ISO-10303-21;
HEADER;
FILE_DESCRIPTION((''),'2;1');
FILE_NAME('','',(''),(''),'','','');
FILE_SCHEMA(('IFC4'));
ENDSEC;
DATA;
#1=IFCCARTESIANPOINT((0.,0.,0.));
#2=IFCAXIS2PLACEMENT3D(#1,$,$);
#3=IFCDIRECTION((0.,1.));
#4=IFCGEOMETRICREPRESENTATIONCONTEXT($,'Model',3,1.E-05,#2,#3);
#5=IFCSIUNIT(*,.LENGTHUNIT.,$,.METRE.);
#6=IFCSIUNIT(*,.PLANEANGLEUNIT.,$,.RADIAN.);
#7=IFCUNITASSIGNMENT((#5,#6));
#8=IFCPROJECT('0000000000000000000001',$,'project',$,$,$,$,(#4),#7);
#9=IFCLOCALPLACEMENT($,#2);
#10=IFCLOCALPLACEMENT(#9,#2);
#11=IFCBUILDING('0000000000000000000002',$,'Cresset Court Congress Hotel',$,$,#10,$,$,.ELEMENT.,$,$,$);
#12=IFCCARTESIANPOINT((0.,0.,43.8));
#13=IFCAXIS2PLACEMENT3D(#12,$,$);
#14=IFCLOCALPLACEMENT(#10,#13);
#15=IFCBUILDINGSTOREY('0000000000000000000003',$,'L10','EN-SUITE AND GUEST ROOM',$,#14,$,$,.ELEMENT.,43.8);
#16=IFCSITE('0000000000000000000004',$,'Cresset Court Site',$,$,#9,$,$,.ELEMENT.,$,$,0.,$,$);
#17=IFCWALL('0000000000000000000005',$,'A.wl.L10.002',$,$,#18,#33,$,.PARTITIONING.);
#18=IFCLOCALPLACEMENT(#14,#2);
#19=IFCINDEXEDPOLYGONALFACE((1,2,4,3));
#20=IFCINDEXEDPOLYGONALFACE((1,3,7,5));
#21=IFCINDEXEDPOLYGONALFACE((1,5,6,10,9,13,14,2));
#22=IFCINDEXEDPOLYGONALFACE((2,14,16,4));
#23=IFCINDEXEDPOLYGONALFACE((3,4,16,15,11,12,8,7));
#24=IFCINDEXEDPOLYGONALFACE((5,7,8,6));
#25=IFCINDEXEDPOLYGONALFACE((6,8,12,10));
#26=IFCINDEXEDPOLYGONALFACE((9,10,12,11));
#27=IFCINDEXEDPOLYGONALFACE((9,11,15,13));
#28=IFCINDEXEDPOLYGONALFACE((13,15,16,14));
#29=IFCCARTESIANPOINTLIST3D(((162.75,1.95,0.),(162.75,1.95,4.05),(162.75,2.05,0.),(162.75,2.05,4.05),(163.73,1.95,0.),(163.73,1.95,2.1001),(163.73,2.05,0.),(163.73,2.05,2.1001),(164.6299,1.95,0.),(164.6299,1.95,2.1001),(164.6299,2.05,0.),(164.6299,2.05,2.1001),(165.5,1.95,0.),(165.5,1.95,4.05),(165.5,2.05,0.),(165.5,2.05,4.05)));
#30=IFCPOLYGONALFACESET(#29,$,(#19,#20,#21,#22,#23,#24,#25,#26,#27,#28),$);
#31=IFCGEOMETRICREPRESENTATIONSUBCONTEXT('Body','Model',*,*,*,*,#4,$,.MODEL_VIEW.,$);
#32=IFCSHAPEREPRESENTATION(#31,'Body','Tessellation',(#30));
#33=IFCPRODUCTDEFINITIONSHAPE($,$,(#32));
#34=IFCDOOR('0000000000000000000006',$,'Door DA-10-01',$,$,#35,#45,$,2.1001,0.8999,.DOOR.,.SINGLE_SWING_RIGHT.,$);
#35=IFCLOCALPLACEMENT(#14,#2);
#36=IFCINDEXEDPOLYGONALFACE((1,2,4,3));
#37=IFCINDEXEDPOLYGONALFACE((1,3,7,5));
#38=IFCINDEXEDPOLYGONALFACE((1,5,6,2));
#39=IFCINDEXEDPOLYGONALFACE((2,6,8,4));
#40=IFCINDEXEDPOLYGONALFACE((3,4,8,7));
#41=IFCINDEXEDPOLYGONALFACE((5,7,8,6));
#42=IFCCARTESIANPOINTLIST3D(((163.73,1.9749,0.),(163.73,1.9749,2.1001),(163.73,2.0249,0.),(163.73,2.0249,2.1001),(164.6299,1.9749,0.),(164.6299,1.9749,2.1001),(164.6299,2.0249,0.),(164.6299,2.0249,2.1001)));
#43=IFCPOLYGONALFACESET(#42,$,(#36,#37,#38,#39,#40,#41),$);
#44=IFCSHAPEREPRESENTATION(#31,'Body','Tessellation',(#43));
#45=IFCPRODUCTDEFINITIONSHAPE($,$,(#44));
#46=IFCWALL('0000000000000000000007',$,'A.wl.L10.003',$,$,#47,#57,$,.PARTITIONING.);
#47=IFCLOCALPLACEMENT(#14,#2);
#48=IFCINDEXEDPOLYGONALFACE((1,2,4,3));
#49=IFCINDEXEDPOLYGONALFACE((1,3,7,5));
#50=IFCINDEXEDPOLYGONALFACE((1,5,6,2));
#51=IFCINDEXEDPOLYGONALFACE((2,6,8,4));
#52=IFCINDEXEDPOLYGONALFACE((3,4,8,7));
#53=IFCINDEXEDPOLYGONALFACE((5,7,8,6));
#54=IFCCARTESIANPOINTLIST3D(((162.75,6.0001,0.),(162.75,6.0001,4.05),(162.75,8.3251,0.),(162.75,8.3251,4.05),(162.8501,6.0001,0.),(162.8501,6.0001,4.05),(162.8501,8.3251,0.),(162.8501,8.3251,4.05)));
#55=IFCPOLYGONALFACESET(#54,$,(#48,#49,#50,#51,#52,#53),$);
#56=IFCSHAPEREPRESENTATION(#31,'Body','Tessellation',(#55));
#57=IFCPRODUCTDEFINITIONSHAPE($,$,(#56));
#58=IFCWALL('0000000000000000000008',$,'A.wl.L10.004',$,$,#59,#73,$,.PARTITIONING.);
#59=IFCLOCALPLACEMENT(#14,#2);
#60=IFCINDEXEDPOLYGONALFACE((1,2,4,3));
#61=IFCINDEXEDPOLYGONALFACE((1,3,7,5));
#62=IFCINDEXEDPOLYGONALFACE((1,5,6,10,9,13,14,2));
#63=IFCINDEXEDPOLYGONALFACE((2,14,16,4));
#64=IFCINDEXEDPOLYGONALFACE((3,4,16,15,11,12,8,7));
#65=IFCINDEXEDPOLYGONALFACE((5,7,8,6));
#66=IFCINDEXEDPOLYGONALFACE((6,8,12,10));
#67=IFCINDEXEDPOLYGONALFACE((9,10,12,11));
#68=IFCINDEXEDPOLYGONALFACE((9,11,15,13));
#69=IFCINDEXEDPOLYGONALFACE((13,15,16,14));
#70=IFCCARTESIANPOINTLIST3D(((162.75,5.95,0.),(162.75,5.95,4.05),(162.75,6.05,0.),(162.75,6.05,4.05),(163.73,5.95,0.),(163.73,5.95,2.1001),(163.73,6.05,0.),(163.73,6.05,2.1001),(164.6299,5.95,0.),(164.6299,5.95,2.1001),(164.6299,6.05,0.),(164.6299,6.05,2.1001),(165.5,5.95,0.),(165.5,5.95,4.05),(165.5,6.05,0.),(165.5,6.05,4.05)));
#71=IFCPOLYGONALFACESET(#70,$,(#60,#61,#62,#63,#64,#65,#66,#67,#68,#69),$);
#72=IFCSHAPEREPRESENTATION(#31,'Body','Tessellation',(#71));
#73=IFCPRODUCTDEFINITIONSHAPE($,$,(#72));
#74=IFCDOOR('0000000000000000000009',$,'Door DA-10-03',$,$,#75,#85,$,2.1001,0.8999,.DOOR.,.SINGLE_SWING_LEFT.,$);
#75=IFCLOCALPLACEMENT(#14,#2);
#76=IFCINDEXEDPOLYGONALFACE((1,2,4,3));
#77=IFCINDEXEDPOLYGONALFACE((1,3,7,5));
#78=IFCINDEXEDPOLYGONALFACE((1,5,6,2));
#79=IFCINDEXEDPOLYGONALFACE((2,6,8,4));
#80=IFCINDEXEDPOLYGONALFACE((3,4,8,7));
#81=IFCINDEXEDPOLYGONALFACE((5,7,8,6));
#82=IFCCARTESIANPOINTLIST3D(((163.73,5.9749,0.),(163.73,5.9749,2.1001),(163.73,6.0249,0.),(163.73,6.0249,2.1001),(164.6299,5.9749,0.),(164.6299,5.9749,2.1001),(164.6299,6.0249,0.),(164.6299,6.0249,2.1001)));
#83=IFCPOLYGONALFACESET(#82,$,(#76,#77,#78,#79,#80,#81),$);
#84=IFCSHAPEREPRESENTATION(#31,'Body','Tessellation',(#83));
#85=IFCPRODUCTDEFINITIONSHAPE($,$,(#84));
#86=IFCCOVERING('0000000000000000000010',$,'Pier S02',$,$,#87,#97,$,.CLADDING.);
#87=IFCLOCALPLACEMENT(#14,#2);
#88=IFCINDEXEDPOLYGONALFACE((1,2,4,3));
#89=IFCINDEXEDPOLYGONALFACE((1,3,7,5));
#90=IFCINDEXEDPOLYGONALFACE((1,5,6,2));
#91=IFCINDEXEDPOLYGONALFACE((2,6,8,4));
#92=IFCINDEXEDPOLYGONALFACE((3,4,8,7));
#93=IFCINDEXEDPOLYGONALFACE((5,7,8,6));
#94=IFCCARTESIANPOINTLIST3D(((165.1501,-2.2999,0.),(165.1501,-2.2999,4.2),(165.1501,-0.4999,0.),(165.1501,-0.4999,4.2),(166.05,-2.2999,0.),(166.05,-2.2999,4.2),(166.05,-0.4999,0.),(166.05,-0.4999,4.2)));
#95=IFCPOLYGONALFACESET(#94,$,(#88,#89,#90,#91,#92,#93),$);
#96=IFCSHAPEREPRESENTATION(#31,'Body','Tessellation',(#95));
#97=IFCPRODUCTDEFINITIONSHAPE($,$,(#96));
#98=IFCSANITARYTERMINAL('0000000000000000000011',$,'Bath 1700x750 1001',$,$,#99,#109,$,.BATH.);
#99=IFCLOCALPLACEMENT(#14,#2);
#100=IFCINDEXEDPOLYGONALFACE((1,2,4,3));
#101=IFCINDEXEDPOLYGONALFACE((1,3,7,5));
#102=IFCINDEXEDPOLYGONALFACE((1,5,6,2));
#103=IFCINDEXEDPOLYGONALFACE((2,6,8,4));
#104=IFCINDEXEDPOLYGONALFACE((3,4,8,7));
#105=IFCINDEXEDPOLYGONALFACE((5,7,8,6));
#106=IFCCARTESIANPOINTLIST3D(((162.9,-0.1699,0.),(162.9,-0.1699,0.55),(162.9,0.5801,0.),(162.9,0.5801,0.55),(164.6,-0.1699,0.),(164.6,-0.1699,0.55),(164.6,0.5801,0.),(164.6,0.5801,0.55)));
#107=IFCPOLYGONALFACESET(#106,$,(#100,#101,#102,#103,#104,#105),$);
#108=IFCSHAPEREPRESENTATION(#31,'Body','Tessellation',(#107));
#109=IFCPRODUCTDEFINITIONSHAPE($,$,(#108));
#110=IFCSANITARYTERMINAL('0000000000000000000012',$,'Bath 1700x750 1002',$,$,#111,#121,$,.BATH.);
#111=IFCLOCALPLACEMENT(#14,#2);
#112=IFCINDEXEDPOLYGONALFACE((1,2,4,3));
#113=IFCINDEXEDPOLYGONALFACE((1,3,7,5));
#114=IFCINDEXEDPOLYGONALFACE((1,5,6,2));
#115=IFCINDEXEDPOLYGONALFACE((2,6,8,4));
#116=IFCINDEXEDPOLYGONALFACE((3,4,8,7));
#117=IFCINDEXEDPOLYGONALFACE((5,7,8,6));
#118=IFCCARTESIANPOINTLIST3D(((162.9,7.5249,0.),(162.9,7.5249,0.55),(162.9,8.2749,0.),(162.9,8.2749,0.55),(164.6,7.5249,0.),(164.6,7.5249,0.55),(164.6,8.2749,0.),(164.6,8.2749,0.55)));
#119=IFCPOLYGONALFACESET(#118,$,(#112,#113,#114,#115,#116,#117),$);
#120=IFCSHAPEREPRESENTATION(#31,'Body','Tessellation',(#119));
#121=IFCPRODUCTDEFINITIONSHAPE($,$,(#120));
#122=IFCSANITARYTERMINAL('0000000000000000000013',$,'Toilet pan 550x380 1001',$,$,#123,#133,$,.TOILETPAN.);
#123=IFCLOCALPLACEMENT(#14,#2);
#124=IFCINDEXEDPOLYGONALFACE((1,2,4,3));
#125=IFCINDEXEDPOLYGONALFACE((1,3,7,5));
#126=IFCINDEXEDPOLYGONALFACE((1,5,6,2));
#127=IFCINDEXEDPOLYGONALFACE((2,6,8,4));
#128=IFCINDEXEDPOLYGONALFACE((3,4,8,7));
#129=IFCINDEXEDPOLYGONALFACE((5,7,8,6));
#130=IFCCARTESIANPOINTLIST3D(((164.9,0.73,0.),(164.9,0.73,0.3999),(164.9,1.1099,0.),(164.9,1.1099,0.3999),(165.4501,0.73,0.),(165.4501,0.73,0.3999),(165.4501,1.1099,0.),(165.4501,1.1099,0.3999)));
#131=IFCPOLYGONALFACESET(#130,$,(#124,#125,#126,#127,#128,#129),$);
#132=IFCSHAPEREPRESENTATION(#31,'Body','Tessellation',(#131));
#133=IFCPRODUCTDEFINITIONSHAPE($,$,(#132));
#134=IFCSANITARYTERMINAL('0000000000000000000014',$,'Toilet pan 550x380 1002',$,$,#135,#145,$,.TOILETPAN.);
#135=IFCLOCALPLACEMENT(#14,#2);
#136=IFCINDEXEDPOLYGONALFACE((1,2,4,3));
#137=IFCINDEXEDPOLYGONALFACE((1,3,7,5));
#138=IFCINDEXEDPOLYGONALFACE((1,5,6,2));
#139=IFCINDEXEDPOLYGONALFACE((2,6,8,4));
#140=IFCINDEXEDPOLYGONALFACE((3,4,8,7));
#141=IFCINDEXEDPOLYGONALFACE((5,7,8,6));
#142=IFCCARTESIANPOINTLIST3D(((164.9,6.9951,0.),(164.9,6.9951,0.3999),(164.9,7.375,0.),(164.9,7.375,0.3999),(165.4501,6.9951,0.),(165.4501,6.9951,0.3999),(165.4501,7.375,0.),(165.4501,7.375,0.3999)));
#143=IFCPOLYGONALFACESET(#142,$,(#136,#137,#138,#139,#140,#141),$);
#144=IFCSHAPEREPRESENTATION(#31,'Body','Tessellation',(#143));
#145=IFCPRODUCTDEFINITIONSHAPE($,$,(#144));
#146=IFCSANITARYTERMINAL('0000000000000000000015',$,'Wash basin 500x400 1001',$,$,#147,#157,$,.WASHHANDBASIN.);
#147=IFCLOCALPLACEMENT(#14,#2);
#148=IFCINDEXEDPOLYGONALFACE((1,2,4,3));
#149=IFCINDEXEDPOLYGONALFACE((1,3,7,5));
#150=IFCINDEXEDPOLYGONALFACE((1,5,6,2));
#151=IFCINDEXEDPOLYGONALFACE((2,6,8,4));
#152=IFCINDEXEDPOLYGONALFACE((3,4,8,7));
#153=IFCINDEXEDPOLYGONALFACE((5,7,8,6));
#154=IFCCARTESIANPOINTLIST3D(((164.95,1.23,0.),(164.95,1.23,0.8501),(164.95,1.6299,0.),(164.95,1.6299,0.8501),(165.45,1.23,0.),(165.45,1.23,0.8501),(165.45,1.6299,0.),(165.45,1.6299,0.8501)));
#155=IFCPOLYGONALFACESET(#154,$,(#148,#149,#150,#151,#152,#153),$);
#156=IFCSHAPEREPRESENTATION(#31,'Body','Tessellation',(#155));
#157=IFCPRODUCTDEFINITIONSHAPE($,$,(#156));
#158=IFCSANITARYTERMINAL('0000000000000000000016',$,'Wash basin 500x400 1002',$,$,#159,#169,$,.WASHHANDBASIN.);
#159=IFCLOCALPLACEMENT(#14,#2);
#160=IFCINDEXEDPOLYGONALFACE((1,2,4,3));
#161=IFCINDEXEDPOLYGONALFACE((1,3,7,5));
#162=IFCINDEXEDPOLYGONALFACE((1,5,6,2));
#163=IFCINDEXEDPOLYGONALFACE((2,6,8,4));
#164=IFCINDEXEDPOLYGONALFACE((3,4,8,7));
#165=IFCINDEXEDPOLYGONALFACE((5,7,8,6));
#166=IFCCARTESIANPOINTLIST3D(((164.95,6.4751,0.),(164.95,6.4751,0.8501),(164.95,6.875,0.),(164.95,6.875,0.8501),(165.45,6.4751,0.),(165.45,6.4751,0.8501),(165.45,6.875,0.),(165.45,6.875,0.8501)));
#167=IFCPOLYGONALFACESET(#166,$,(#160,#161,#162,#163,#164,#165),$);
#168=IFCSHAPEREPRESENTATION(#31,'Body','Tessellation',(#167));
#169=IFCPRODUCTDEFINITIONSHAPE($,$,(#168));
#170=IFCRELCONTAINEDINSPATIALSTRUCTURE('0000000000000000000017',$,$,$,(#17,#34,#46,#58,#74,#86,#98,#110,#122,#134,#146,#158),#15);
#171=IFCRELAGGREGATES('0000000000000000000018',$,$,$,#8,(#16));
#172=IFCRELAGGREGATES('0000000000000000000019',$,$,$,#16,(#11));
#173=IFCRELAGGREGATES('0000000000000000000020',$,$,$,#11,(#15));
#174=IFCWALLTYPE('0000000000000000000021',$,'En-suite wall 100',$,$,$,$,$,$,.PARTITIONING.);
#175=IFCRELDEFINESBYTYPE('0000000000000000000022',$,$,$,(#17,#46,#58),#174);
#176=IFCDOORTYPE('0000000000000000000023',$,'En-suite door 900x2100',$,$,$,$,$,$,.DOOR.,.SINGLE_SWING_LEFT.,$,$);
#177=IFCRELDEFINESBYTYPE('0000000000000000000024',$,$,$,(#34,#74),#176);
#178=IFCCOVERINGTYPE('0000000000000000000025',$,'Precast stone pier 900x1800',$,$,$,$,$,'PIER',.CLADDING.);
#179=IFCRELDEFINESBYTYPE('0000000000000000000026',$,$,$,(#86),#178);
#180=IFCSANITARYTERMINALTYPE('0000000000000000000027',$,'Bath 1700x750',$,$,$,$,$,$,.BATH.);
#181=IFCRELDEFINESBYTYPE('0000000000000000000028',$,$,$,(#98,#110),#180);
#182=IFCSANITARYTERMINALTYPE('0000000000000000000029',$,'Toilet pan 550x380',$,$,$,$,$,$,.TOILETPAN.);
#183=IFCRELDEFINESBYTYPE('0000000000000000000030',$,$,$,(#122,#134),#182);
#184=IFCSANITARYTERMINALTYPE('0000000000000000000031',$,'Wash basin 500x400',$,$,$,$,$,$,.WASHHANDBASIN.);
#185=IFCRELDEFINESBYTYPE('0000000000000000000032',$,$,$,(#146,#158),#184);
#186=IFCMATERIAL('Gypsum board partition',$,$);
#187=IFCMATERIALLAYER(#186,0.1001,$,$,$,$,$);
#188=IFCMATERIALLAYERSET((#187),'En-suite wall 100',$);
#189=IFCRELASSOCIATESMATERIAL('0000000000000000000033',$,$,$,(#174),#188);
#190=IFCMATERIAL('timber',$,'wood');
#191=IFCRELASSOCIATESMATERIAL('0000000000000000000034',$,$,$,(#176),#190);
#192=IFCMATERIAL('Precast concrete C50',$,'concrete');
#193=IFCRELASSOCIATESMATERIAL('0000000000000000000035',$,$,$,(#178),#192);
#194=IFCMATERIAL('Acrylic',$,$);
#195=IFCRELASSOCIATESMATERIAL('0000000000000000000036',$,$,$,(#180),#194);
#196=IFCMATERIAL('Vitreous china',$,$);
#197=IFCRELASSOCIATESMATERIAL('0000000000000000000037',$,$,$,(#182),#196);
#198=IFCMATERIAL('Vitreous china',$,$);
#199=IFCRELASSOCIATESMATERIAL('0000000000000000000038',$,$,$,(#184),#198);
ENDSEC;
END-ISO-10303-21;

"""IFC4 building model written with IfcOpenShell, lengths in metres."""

from ifc_helpers import new_model, si_unit, direction, frame, frame_2d, origin, origin_2d, place, context, subcontext, project, spatial, rectangle, extrude, material, layer, layer_set, type_object, element, fill, save


model = new_model("IFC4")

# Units and contexts
model_context = context("Model", 3, precision=1e-05, world=origin(), true_north=direction((0.0, 1.0)))
body_context = subcontext(model_context, "Body", "Model", "MODEL_VIEW")
ifc_project = project(units=[si_unit("LENGTHUNIT", "METRE"), si_unit("PLANEANGLEUNIT", "RADIAN")], contexts=[model_context])

# Site, building, storey
site_placement = place(None, origin())
site = spatial("IfcSite", under=ifc_project, at=site_placement, Name="Cresset Court Site", CompositionType="ELEMENT", RefElevation=0.0)
building_placement = place(site_placement, origin())
building = spatial("IfcBuilding", under=site, at=building_placement, Name="Cresset Court Congress Hotel", CompositionType="ELEMENT")
storey_placement = place(building_placement, frame((0.0, 0.0, 43.8)))
storey = spatial("IfcBuildingStorey", under=building, at=storey_placement, Name="L10", Description="EN-SUITE AND GUEST ROOM", CompositionType="ELEMENT", Elevation=43.8)

# Shared definitions
ifc_material_1 = material(Name="Gypsum board partition")
ifc_layer_1 = layer(ifc_material_1, 0.1001)
ifc_layer_set_1 = layer_set([ifc_layer_1], Name="En-suite wall 100")
wall_type_1 = type_object("IfcWallType", Name="En-suite wall 100", PredefinedType="PARTITIONING", material=ifc_layer_set_1)

# Wall, opening, door
wall_1_placement = place(storey_placement, frame((162.75, 2.0, 0.0), z_axis=(0.0, 0.0, 1.0), x_axis=(1.0, 0.0, 0.0)))
wall_1 = element("IfcWall", 1, at=wall_1_placement, inside=storey, type_object=wall_type_1, Name="A.wl.L10.002", PredefinedType="PARTITIONING", context=body_context, shape_type="SweptSolid", body=[
    extrude(rectangle(XDim=2.75, YDim=0.1001, at=frame_2d((1.375, 0.0))), origin(), (0.0, 0.0, 1.0), 4.05),
])
opening_1_placement = place(wall_1_placement, frame((0.98, 0.0, 0.0)))
opening_1 = element("IfcOpeningElement", 2, at=opening_1_placement, cuts=wall_1, PredefinedType="OPENING", context=body_context, shape_type="SweptSolid", body=[
    extrude(rectangle(XDim=0.8999, YDim=2.1001, at=frame_2d((0.45, 1.05))), frame((0.0, 0.0601, 0.0), z_axis=(0.0, -1.0, 0.0), x_axis=(1.0, 0.0, 0.0)), (0.0, 0.0, 1.0), 0.1201),
])
ifc_material_2 = material(Name="timber", Category="wood")
door_type_1 = type_object("IfcDoorType", Name="En-suite door 900x2100", OperationType="SINGLE_SWING_LEFT", PredefinedType="DOOR", material=ifc_material_2)
door_1_placement = place(opening_1_placement, origin())
door_1 = element("IfcDoor", 3, at=door_1_placement, inside=storey, type_object=door_type_1, Name="Door DA-10-01", OperationType="SINGLE_SWING_RIGHT", OverallHeight=2.1001, OverallWidth=0.8999, PredefinedType="DOOR", context=body_context, shape_type="SweptSolid", body=[
    extrude(rectangle(XDim=0.8999, YDim=2.1001, at=frame_2d((0.45, 1.05))), frame((0.0, 0.0249, 0.0), z_axis=(0.0, -1.0, 0.0), x_axis=(1.0, 0.0, 0.0)), (0.0, 0.0, 1.0), 0.05),
])
fill(opening_1, door_1)

# Wall
wall_2_placement = place(storey_placement, frame((162.8, 6.0, 0.0), z_axis=(0.0, 0.0, 1.0), x_axis=(0.0, 1.0, 0.0)))
element("IfcWall", 4, at=wall_2_placement, inside=storey, type_object=wall_type_1, Name="A.wl.L10.003", PredefinedType="PARTITIONING", context=body_context, shape_type="SweptSolid", body=[
    extrude(rectangle(XDim=2.325, YDim=0.1001, at=frame_2d((1.1626, 0.0))), origin(), (0.0, 0.0, 1.0), 4.05),
])

# Wall, opening, door
wall_3_placement = place(storey_placement, frame((162.75, 6.0, 0.0), z_axis=(0.0, 0.0, 1.0), x_axis=(1.0, 0.0, 0.0)))
wall_3 = element("IfcWall", 5, at=wall_3_placement, inside=storey, type_object=wall_type_1, Name="A.wl.L10.004", PredefinedType="PARTITIONING", context=body_context, shape_type="SweptSolid", body=[
    extrude(rectangle(XDim=2.75, YDim=0.1001, at=frame_2d((1.375, 0.0))), origin(), (0.0, 0.0, 1.0), 4.05),
])
opening_2_placement = place(wall_3_placement, frame((0.98, 0.0, 0.0)))
opening_2 = element("IfcOpeningElement", 6, at=opening_2_placement, cuts=wall_3, PredefinedType="OPENING", context=body_context, shape_type="SweptSolid", body=[
    extrude(rectangle(XDim=0.8999, YDim=2.1001, at=frame_2d((0.45, 1.05))), frame((0.0, 0.0601, 0.0), z_axis=(0.0, -1.0, 0.0), x_axis=(1.0, 0.0, 0.0)), (0.0, 0.0, 1.0), 0.1201),
])
door_2_placement = place(opening_2_placement, origin())
door_2 = element("IfcDoor", 7, at=door_2_placement, inside=storey, type_object=door_type_1, Name="Door DA-10-03", OperationType="SINGLE_SWING_LEFT", OverallHeight=2.1001, OverallWidth=0.8999, PredefinedType="DOOR", context=body_context, shape_type="SweptSolid", body=[
    extrude(rectangle(XDim=0.8999, YDim=2.1001, at=frame_2d((0.45, 1.05))), frame((0.0, 0.0249, 0.0), z_axis=(0.0, -1.0, 0.0), x_axis=(1.0, 0.0, 0.0)), (0.0, 0.0, 1.0), 0.05),
])
fill(opening_2, door_2)

# Covering
ifc_material_3 = material(Name="Precast concrete C50", Category="concrete")
covering_type = type_object("IfcCoveringType", Name="Precast stone pier 900x1800", ElementType="PIER", PredefinedType="CLADDING", material=ifc_material_3)
covering_placement = place(storey_placement, frame((165.6001, -1.3999, 0.0), z_axis=(0.0, 0.0, 1.0), x_axis=(1.0, 0.0, 0.0)))
element("IfcCovering", 8, at=covering_placement, inside=storey, type_object=covering_type, Name="Pier S02", PredefinedType="CLADDING", context=body_context, shape_type="SweptSolid", body=[
    extrude(rectangle(XDim=0.8999, YDim=1.8, at=origin_2d()), origin(), (0.0, 0.0, 1.0), 4.2),
])

# Sanitary terminals
ifc_material_4 = material(Name="Acrylic")
sanitary_terminal_type_1 = type_object("IfcSanitaryTerminalType", Name="Bath 1700x750", PredefinedType="BATH", material=ifc_material_4)
for number, where, z_axis, x_axis, name in (
    (9, (163.75, 0.2051, 0.0), (0.0, 0.0, 1.0), (1.0, 0.0, 0.0), "Bath 1700x750 1001"),
    (10, (163.75, 7.8999, 0.0), (0.0, 0.0, 1.0), (1.0, 0.0, 0.0), "Bath 1700x750 1002"),
):
    element("IfcSanitaryTerminal", number, at=place(storey_placement, frame(where, z_axis=z_axis, x_axis=x_axis)), inside=storey, type_object=sanitary_terminal_type_1, Name=name, PredefinedType="BATH", context=body_context, shape_type="SweptSolid", body=[
        extrude(rectangle(XDim=1.7, YDim=0.75, at=origin_2d()), origin(), (0.0, 0.0, 1.0), 0.55),
    ])
ifc_material_5 = material(Name="Vitreous china")
sanitary_terminal_type_2 = type_object("IfcSanitaryTerminalType", Name="Toilet pan 550x380", PredefinedType="TOILETPAN", material=ifc_material_5)
for number, where, z_axis, x_axis, name in (
    (11, (165.175, 0.9199, 0.0), (0.0, 0.0, 1.0), (1.0, 0.0, 0.0), "Toilet pan 550x380 1001"),
    (12, (165.175, 7.1851, 0.0), (0.0, 0.0, 1.0), (1.0, 0.0, 0.0), "Toilet pan 550x380 1002"),
):
    element("IfcSanitaryTerminal", number, at=place(storey_placement, frame(where, z_axis=z_axis, x_axis=x_axis)), inside=storey, type_object=sanitary_terminal_type_2, Name=name, PredefinedType="TOILETPAN", context=body_context, shape_type="SweptSolid", body=[
        extrude(rectangle(XDim=0.55, YDim=0.3799, at=origin_2d()), origin(), (0.0, 0.0, 1.0), 0.3999),
    ])
ifc_material_6 = material(Name="Vitreous china")
sanitary_terminal_type_3 = type_object("IfcSanitaryTerminalType", Name="Wash basin 500x400", PredefinedType="WASHHANDBASIN", material=ifc_material_6)
for number, where, z_axis, x_axis, name in (
    (13, (165.2, 1.4299, 0.0), (0.0, 0.0, 1.0), (1.0, 0.0, 0.0), "Wash basin 500x400 1001"),
    (14, (165.2, 6.675, 0.0), (0.0, 0.0, 1.0), (1.0, 0.0, 0.0), "Wash basin 500x400 1002"),
):
    element("IfcSanitaryTerminal", number, at=place(storey_placement, frame(where, z_axis=z_axis, x_axis=x_axis)), inside=storey, type_object=sanitary_terminal_type_3, Name=name, PredefinedType="WASHHANDBASIN", context=body_context, shape_type="SweptSolid", body=[
        extrude(rectangle(XDim=0.5, YDim=0.3999, at=origin_2d()), origin(), (0.0, 0.0, 1.0), 0.8501),
    ])

save(model, "model.ifc")
